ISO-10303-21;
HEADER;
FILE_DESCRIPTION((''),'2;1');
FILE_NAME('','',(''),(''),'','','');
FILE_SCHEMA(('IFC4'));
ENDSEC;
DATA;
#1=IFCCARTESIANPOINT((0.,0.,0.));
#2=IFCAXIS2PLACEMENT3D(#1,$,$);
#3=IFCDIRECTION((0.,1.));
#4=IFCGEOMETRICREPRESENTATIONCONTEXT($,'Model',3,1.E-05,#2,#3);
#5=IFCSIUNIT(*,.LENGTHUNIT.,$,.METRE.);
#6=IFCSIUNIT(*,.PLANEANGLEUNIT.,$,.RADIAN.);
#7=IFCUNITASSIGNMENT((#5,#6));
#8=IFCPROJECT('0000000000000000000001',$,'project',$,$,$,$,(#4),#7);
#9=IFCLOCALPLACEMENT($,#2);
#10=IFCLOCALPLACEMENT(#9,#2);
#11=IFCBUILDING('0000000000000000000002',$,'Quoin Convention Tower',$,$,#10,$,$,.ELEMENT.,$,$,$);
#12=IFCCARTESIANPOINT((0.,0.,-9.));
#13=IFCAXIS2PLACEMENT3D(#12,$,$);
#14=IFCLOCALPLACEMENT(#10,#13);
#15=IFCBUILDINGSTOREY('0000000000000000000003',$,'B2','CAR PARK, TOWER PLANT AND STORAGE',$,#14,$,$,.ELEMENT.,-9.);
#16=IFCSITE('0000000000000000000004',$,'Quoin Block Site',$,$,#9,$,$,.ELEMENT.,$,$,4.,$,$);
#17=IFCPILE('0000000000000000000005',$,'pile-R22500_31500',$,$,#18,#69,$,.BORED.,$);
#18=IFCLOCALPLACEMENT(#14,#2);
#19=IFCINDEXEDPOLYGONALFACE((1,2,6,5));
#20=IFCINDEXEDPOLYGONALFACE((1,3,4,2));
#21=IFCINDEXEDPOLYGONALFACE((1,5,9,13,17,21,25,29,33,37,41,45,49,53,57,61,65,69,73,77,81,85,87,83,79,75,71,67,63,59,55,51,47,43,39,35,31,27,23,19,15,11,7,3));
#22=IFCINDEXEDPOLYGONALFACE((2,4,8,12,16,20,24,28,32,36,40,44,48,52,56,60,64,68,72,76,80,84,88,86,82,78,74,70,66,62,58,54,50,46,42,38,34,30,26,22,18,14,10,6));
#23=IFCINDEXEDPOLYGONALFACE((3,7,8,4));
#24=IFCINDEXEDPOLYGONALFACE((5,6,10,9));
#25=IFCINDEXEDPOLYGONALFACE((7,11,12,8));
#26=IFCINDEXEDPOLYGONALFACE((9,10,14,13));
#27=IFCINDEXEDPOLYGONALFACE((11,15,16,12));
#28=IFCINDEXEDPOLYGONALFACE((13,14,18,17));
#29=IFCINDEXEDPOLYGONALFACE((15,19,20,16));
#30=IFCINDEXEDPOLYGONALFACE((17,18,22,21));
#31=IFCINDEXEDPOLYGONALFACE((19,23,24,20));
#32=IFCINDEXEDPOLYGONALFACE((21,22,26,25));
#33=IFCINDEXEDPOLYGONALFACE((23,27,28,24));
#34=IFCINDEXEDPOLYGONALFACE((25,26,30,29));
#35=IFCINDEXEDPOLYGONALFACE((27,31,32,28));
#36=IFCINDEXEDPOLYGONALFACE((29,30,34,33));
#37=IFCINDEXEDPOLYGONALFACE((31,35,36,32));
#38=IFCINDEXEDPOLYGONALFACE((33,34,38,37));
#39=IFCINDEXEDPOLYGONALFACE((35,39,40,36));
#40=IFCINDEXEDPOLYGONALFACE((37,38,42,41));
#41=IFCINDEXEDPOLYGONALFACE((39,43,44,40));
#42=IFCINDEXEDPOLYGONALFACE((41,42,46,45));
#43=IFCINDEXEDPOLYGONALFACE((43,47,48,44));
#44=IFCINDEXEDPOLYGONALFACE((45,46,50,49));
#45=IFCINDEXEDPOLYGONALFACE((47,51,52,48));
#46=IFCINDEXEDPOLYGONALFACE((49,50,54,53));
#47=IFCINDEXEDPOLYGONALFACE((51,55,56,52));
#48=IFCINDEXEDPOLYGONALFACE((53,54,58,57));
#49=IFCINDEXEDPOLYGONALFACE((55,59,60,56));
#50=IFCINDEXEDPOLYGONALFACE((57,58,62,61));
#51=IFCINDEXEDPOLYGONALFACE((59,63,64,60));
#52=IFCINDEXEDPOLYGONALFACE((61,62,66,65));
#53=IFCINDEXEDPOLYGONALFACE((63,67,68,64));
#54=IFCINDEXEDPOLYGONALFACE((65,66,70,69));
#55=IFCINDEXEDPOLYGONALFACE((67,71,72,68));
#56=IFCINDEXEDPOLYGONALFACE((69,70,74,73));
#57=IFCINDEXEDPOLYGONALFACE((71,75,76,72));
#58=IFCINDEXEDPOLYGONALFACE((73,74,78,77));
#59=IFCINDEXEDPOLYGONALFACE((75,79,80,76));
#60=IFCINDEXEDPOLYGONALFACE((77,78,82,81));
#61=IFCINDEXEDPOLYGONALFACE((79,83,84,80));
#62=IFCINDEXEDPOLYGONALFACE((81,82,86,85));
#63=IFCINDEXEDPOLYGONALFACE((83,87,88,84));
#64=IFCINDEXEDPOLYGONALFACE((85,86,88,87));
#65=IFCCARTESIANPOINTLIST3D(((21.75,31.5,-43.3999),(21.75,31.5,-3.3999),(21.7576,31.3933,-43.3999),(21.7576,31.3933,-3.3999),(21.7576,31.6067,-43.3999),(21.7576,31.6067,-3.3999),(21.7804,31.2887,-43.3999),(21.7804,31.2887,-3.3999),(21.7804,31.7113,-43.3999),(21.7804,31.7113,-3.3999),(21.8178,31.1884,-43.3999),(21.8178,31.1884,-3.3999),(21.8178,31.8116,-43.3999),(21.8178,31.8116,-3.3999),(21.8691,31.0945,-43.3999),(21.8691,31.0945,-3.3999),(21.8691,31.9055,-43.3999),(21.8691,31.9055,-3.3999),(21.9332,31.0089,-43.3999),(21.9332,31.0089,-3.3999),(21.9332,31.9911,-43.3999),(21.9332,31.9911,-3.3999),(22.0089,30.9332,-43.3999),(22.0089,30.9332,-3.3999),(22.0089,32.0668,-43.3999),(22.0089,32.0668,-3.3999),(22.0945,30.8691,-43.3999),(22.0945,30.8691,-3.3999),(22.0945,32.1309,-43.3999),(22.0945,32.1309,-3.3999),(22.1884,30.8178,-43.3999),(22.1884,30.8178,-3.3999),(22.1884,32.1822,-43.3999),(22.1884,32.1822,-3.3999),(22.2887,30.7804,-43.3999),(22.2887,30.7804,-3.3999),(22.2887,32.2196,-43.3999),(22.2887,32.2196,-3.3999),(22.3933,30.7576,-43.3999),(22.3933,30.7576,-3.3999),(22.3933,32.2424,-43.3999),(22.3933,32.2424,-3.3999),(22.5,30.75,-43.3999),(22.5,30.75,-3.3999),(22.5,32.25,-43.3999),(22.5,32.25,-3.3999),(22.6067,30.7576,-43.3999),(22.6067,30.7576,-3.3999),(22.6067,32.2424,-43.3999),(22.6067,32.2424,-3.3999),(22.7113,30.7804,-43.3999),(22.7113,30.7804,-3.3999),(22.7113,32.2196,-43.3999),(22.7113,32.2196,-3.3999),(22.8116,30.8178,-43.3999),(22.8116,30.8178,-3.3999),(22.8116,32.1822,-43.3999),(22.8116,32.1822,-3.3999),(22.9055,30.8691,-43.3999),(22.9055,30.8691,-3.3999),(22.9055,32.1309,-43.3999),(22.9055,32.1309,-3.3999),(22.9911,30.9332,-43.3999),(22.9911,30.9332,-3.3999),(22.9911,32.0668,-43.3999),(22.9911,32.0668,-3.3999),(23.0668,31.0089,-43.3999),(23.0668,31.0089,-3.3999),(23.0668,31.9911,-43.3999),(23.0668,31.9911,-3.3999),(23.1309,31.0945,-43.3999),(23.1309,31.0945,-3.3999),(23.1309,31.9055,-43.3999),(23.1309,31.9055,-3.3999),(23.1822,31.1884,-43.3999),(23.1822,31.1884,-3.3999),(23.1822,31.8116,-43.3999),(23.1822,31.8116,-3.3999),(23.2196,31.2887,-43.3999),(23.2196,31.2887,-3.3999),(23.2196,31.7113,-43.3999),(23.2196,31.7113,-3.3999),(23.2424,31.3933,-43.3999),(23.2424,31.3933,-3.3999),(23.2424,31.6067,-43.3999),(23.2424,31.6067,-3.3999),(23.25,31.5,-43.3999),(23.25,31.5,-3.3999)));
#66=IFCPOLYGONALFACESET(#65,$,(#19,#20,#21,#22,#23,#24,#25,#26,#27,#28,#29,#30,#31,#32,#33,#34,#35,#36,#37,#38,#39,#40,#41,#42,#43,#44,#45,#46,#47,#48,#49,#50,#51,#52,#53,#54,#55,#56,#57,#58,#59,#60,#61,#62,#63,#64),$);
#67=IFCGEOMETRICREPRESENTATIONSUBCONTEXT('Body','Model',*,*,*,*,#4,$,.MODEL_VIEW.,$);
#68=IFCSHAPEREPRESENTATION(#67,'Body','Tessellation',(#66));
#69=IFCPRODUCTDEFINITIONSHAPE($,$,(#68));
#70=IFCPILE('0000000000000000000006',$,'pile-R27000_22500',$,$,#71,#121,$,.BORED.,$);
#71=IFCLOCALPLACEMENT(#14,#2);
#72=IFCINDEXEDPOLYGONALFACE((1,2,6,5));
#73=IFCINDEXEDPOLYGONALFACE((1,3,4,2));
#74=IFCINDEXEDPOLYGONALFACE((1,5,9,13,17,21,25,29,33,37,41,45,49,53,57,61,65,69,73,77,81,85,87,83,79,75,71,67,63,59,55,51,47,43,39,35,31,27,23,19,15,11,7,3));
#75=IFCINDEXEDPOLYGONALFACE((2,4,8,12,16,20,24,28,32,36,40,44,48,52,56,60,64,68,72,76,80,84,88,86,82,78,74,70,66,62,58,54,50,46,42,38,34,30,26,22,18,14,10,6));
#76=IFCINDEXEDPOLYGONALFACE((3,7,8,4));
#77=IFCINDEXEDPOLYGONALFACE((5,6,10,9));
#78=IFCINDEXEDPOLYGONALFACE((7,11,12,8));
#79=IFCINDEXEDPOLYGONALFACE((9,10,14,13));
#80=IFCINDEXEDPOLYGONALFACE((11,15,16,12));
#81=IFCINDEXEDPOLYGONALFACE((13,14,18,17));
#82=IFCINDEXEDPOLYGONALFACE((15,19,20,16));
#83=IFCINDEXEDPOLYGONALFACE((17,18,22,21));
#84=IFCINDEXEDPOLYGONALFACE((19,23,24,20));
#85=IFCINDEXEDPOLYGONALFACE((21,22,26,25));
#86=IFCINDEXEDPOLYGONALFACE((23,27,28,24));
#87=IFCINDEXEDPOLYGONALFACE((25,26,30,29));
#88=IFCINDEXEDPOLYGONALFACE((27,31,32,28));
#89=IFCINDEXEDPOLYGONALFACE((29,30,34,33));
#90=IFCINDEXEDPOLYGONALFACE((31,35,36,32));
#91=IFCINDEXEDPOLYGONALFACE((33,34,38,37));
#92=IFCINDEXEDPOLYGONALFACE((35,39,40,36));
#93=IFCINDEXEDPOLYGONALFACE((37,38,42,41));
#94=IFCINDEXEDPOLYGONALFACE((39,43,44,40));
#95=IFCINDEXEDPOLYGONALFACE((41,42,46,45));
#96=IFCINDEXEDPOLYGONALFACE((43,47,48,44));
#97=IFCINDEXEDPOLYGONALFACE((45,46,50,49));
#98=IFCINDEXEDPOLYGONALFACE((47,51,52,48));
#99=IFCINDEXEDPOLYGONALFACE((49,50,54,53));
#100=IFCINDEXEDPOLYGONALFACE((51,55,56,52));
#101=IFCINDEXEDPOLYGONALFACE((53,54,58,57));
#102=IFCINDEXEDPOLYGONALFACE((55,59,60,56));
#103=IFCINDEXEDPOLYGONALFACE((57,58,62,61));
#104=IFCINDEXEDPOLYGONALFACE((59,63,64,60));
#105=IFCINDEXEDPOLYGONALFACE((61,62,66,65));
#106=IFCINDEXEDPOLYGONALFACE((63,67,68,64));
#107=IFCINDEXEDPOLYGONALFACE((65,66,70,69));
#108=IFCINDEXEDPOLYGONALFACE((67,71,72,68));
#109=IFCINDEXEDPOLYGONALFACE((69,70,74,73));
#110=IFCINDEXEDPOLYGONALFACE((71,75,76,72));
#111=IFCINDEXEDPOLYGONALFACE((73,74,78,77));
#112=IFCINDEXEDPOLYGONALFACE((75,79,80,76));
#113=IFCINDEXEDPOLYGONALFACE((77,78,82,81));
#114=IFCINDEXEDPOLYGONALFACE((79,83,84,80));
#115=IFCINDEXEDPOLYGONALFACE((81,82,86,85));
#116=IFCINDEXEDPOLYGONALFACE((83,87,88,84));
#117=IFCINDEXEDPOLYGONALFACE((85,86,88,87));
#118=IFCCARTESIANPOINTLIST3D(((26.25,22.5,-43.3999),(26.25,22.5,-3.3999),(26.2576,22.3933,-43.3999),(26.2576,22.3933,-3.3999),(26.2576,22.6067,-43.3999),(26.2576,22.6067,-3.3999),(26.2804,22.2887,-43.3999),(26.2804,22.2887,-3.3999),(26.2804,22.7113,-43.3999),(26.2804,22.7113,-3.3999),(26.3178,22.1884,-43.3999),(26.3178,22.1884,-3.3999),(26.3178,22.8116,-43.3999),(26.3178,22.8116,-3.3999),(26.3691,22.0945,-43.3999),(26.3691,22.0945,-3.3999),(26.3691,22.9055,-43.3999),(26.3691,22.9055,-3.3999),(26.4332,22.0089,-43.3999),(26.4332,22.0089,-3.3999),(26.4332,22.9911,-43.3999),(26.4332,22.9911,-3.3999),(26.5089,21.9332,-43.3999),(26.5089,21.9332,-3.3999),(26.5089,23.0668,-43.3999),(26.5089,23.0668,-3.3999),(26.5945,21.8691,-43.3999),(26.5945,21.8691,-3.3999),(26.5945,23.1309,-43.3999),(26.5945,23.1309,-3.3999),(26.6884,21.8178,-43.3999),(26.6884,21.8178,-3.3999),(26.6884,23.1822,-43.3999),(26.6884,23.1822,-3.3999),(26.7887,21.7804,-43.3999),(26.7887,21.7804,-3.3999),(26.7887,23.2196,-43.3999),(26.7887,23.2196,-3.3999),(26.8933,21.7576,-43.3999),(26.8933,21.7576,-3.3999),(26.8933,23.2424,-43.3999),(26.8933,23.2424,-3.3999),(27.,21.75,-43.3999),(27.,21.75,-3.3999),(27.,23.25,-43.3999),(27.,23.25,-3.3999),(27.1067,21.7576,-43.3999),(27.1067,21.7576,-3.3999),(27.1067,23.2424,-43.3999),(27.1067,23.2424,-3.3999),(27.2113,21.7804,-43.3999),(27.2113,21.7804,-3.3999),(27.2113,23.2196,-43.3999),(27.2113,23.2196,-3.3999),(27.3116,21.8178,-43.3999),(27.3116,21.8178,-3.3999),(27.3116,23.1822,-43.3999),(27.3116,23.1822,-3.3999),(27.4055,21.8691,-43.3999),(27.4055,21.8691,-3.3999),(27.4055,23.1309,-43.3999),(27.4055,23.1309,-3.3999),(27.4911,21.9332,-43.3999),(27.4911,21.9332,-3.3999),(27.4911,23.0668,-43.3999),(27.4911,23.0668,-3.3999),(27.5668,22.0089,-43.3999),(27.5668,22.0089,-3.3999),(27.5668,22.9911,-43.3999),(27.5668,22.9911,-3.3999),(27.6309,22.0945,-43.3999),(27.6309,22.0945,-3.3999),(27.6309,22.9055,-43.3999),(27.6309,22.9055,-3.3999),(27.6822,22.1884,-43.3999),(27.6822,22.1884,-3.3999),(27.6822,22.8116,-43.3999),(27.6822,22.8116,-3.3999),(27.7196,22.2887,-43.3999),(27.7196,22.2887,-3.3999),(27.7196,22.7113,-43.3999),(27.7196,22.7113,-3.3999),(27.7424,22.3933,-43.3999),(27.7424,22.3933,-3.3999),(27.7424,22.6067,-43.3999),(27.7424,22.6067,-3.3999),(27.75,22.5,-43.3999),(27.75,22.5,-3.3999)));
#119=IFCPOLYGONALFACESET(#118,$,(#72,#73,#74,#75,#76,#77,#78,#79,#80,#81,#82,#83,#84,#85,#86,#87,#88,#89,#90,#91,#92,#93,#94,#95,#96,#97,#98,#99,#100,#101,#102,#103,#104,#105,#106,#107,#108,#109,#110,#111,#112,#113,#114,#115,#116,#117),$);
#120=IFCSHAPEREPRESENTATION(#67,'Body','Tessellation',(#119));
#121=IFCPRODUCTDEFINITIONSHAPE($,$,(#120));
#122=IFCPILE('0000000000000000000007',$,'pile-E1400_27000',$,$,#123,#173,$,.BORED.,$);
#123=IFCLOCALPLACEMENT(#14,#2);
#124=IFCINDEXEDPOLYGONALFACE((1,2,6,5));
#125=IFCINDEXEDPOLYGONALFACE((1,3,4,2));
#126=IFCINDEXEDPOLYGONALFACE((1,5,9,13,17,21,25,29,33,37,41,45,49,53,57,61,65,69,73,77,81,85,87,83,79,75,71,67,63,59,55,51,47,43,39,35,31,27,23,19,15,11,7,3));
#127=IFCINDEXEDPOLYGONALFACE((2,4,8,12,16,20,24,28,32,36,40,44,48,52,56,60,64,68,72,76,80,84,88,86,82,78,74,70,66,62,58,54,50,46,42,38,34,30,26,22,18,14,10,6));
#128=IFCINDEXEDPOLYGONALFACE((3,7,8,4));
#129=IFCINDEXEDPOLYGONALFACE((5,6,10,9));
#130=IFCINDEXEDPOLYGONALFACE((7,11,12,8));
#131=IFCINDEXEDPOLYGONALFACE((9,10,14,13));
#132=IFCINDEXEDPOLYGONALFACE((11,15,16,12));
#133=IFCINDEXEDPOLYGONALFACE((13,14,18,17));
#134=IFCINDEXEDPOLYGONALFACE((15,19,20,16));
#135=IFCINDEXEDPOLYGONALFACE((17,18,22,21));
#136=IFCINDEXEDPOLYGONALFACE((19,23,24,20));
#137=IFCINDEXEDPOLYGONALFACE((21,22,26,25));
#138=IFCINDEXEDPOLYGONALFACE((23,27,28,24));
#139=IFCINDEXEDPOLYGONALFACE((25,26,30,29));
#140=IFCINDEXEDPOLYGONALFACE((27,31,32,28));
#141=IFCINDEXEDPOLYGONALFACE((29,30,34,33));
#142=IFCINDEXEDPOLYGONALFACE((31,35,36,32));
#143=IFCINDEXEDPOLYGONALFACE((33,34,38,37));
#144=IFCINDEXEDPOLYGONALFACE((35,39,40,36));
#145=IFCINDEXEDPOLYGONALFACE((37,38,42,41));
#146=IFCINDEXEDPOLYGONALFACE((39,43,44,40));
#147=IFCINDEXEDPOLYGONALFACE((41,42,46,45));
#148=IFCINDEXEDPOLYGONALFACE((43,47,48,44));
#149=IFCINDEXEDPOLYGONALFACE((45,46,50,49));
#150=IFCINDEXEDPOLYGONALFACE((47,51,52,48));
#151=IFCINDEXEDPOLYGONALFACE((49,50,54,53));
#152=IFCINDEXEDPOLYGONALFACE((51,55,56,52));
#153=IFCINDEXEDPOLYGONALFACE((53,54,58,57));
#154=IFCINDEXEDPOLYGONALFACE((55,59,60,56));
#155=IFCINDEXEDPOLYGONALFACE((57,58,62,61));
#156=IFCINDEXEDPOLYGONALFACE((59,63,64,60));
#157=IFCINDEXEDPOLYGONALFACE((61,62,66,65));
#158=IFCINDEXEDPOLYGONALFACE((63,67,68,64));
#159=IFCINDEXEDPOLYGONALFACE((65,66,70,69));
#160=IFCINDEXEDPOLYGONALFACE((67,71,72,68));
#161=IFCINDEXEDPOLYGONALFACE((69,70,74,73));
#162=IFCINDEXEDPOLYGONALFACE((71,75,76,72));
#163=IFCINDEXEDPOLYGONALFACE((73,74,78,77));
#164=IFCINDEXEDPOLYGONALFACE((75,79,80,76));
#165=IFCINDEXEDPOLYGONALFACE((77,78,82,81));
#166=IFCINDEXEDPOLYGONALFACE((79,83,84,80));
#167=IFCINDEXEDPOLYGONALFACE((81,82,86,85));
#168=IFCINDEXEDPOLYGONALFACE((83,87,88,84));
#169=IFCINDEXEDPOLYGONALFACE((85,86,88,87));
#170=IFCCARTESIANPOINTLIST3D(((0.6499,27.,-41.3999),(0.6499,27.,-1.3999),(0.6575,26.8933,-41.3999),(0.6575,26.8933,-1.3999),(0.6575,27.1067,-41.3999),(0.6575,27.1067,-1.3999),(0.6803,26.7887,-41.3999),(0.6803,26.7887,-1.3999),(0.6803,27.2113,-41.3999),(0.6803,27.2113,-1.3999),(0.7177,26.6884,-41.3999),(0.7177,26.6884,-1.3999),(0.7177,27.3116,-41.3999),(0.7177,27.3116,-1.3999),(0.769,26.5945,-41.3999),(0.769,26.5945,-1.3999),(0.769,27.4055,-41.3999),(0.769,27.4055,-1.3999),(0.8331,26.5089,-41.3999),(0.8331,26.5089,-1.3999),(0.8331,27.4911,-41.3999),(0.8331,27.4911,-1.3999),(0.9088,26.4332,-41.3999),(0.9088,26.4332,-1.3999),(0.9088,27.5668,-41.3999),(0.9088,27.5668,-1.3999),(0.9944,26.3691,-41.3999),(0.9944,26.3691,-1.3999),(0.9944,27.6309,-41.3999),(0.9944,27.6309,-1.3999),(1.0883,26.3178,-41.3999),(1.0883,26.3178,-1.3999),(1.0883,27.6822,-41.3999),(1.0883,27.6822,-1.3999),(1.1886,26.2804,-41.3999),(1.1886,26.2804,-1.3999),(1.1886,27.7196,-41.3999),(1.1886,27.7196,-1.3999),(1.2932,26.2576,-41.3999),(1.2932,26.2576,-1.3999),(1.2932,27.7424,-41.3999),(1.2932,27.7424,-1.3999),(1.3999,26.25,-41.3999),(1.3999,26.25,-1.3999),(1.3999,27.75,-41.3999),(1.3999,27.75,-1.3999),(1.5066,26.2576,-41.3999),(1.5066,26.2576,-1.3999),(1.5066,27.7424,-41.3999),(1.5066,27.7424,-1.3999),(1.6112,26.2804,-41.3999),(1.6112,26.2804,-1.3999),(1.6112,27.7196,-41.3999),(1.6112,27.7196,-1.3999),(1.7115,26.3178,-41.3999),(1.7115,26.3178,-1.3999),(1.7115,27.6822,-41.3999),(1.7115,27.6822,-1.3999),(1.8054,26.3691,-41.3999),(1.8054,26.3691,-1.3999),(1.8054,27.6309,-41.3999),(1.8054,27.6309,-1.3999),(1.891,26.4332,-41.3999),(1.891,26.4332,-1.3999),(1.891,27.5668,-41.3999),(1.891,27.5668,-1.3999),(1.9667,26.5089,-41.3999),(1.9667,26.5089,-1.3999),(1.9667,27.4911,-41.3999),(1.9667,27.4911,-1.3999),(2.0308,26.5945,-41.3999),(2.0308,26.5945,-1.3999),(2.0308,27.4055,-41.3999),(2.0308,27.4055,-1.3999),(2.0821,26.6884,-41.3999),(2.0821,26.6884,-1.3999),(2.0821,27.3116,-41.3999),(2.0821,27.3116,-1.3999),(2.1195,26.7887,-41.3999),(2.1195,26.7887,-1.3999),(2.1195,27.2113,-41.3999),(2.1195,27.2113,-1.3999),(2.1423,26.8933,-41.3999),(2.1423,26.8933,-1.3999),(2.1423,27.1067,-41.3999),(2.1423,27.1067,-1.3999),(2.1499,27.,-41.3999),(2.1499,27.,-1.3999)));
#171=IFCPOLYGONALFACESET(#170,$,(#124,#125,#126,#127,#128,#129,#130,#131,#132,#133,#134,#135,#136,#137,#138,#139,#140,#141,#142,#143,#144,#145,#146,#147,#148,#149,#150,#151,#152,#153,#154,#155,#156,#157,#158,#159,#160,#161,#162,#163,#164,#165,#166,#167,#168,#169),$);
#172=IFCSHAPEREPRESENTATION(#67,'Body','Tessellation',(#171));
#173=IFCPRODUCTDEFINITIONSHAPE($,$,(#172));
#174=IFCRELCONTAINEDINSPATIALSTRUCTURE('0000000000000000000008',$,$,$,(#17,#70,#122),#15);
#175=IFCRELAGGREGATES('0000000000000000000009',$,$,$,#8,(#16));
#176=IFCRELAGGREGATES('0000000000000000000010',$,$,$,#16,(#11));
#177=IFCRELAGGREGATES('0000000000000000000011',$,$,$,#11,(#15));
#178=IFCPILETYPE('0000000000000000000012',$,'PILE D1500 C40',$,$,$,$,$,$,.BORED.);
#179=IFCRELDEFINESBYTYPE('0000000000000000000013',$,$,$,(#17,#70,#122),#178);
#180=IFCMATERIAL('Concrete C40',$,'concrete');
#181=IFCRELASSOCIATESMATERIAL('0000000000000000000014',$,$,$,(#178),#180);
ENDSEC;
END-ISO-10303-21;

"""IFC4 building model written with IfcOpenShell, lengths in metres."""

from ifc_helpers import new_model, si_unit, direction, frame, origin, origin_2d, place, context, subcontext, project, spatial, circle, extrude, material, material_profile, profile_set, type_object, element, save


model = new_model("IFC4")

# Units and contexts
model_context = context("Model", 3, precision=1e-05, world=origin(), true_north=direction((0.0, 1.0)))
body_context = subcontext(model_context, "Body", "Model", "MODEL_VIEW")
ifc_project = project(units=[si_unit("LENGTHUNIT", "METRE"), si_unit("PLANEANGLEUNIT", "RADIAN")], contexts=[model_context])

# Site, building, storey
site_placement = place(None, origin())
site = spatial("IfcSite", under=ifc_project, at=site_placement, Name="Quoin Block Site", CompositionType="ELEMENT", RefElevation=4.0)
building_placement = place(site_placement, origin())
building = spatial("IfcBuilding", under=site, at=building_placement, Name="Quoin Convention Tower", CompositionType="ELEMENT")
storey_placement = place(building_placement, frame((0.0, 0.0, -9.0)))
storey = spatial("IfcBuildingStorey", under=building, at=storey_placement, Name="B2", Description="CAR PARK, TOWER PLANT AND STORAGE", CompositionType="ELEMENT", Elevation=-9.0)

# Piles
ifc_material_1 = material(Name="Concrete C40", Category="concrete")
ifc_material_profile_1 = material_profile(ifc_material_1, circle(Radius=0.75, at=origin_2d()), Name="D1500")
ifc_profile_set_1 = profile_set([ifc_material_profile_1], Name="Concrete C40")
pile_type = type_object("IfcPileType", Name="PILE D1500 C40", PredefinedType="BORED", material=ifc_profile_set_1)
for number, where, z_axis, x_axis, name in (
    (1, (22.5, 31.5, -3.3999), (0.0, 0.0, -1.0), (1.0, 0.0, 0.0), "pile-R22500_31500"),
    (2, (27.0, 22.5, -3.3999), (0.0, 0.0, -1.0), (1.0, 0.0, 0.0), "pile-R27000_22500"),
    (3, (1.3999, 27.0, -1.3999), (0.0, 0.0, -1.0), (1.0, 0.0, 0.0), "pile-E1400_27000"),
):
    element("IfcPile", number, at=place(storey_placement, frame(where, z_axis=z_axis, x_axis=x_axis)), inside=storey, type_object=pile_type, Name=name, PredefinedType="BORED", context=body_context, shape_type="SweptSolid", body=[
        extrude(circle(Radius=0.75, at=origin_2d()), origin(), (0.0, 0.0, 1.0), 40.0),
    ])

save(model, "model.ifc")
